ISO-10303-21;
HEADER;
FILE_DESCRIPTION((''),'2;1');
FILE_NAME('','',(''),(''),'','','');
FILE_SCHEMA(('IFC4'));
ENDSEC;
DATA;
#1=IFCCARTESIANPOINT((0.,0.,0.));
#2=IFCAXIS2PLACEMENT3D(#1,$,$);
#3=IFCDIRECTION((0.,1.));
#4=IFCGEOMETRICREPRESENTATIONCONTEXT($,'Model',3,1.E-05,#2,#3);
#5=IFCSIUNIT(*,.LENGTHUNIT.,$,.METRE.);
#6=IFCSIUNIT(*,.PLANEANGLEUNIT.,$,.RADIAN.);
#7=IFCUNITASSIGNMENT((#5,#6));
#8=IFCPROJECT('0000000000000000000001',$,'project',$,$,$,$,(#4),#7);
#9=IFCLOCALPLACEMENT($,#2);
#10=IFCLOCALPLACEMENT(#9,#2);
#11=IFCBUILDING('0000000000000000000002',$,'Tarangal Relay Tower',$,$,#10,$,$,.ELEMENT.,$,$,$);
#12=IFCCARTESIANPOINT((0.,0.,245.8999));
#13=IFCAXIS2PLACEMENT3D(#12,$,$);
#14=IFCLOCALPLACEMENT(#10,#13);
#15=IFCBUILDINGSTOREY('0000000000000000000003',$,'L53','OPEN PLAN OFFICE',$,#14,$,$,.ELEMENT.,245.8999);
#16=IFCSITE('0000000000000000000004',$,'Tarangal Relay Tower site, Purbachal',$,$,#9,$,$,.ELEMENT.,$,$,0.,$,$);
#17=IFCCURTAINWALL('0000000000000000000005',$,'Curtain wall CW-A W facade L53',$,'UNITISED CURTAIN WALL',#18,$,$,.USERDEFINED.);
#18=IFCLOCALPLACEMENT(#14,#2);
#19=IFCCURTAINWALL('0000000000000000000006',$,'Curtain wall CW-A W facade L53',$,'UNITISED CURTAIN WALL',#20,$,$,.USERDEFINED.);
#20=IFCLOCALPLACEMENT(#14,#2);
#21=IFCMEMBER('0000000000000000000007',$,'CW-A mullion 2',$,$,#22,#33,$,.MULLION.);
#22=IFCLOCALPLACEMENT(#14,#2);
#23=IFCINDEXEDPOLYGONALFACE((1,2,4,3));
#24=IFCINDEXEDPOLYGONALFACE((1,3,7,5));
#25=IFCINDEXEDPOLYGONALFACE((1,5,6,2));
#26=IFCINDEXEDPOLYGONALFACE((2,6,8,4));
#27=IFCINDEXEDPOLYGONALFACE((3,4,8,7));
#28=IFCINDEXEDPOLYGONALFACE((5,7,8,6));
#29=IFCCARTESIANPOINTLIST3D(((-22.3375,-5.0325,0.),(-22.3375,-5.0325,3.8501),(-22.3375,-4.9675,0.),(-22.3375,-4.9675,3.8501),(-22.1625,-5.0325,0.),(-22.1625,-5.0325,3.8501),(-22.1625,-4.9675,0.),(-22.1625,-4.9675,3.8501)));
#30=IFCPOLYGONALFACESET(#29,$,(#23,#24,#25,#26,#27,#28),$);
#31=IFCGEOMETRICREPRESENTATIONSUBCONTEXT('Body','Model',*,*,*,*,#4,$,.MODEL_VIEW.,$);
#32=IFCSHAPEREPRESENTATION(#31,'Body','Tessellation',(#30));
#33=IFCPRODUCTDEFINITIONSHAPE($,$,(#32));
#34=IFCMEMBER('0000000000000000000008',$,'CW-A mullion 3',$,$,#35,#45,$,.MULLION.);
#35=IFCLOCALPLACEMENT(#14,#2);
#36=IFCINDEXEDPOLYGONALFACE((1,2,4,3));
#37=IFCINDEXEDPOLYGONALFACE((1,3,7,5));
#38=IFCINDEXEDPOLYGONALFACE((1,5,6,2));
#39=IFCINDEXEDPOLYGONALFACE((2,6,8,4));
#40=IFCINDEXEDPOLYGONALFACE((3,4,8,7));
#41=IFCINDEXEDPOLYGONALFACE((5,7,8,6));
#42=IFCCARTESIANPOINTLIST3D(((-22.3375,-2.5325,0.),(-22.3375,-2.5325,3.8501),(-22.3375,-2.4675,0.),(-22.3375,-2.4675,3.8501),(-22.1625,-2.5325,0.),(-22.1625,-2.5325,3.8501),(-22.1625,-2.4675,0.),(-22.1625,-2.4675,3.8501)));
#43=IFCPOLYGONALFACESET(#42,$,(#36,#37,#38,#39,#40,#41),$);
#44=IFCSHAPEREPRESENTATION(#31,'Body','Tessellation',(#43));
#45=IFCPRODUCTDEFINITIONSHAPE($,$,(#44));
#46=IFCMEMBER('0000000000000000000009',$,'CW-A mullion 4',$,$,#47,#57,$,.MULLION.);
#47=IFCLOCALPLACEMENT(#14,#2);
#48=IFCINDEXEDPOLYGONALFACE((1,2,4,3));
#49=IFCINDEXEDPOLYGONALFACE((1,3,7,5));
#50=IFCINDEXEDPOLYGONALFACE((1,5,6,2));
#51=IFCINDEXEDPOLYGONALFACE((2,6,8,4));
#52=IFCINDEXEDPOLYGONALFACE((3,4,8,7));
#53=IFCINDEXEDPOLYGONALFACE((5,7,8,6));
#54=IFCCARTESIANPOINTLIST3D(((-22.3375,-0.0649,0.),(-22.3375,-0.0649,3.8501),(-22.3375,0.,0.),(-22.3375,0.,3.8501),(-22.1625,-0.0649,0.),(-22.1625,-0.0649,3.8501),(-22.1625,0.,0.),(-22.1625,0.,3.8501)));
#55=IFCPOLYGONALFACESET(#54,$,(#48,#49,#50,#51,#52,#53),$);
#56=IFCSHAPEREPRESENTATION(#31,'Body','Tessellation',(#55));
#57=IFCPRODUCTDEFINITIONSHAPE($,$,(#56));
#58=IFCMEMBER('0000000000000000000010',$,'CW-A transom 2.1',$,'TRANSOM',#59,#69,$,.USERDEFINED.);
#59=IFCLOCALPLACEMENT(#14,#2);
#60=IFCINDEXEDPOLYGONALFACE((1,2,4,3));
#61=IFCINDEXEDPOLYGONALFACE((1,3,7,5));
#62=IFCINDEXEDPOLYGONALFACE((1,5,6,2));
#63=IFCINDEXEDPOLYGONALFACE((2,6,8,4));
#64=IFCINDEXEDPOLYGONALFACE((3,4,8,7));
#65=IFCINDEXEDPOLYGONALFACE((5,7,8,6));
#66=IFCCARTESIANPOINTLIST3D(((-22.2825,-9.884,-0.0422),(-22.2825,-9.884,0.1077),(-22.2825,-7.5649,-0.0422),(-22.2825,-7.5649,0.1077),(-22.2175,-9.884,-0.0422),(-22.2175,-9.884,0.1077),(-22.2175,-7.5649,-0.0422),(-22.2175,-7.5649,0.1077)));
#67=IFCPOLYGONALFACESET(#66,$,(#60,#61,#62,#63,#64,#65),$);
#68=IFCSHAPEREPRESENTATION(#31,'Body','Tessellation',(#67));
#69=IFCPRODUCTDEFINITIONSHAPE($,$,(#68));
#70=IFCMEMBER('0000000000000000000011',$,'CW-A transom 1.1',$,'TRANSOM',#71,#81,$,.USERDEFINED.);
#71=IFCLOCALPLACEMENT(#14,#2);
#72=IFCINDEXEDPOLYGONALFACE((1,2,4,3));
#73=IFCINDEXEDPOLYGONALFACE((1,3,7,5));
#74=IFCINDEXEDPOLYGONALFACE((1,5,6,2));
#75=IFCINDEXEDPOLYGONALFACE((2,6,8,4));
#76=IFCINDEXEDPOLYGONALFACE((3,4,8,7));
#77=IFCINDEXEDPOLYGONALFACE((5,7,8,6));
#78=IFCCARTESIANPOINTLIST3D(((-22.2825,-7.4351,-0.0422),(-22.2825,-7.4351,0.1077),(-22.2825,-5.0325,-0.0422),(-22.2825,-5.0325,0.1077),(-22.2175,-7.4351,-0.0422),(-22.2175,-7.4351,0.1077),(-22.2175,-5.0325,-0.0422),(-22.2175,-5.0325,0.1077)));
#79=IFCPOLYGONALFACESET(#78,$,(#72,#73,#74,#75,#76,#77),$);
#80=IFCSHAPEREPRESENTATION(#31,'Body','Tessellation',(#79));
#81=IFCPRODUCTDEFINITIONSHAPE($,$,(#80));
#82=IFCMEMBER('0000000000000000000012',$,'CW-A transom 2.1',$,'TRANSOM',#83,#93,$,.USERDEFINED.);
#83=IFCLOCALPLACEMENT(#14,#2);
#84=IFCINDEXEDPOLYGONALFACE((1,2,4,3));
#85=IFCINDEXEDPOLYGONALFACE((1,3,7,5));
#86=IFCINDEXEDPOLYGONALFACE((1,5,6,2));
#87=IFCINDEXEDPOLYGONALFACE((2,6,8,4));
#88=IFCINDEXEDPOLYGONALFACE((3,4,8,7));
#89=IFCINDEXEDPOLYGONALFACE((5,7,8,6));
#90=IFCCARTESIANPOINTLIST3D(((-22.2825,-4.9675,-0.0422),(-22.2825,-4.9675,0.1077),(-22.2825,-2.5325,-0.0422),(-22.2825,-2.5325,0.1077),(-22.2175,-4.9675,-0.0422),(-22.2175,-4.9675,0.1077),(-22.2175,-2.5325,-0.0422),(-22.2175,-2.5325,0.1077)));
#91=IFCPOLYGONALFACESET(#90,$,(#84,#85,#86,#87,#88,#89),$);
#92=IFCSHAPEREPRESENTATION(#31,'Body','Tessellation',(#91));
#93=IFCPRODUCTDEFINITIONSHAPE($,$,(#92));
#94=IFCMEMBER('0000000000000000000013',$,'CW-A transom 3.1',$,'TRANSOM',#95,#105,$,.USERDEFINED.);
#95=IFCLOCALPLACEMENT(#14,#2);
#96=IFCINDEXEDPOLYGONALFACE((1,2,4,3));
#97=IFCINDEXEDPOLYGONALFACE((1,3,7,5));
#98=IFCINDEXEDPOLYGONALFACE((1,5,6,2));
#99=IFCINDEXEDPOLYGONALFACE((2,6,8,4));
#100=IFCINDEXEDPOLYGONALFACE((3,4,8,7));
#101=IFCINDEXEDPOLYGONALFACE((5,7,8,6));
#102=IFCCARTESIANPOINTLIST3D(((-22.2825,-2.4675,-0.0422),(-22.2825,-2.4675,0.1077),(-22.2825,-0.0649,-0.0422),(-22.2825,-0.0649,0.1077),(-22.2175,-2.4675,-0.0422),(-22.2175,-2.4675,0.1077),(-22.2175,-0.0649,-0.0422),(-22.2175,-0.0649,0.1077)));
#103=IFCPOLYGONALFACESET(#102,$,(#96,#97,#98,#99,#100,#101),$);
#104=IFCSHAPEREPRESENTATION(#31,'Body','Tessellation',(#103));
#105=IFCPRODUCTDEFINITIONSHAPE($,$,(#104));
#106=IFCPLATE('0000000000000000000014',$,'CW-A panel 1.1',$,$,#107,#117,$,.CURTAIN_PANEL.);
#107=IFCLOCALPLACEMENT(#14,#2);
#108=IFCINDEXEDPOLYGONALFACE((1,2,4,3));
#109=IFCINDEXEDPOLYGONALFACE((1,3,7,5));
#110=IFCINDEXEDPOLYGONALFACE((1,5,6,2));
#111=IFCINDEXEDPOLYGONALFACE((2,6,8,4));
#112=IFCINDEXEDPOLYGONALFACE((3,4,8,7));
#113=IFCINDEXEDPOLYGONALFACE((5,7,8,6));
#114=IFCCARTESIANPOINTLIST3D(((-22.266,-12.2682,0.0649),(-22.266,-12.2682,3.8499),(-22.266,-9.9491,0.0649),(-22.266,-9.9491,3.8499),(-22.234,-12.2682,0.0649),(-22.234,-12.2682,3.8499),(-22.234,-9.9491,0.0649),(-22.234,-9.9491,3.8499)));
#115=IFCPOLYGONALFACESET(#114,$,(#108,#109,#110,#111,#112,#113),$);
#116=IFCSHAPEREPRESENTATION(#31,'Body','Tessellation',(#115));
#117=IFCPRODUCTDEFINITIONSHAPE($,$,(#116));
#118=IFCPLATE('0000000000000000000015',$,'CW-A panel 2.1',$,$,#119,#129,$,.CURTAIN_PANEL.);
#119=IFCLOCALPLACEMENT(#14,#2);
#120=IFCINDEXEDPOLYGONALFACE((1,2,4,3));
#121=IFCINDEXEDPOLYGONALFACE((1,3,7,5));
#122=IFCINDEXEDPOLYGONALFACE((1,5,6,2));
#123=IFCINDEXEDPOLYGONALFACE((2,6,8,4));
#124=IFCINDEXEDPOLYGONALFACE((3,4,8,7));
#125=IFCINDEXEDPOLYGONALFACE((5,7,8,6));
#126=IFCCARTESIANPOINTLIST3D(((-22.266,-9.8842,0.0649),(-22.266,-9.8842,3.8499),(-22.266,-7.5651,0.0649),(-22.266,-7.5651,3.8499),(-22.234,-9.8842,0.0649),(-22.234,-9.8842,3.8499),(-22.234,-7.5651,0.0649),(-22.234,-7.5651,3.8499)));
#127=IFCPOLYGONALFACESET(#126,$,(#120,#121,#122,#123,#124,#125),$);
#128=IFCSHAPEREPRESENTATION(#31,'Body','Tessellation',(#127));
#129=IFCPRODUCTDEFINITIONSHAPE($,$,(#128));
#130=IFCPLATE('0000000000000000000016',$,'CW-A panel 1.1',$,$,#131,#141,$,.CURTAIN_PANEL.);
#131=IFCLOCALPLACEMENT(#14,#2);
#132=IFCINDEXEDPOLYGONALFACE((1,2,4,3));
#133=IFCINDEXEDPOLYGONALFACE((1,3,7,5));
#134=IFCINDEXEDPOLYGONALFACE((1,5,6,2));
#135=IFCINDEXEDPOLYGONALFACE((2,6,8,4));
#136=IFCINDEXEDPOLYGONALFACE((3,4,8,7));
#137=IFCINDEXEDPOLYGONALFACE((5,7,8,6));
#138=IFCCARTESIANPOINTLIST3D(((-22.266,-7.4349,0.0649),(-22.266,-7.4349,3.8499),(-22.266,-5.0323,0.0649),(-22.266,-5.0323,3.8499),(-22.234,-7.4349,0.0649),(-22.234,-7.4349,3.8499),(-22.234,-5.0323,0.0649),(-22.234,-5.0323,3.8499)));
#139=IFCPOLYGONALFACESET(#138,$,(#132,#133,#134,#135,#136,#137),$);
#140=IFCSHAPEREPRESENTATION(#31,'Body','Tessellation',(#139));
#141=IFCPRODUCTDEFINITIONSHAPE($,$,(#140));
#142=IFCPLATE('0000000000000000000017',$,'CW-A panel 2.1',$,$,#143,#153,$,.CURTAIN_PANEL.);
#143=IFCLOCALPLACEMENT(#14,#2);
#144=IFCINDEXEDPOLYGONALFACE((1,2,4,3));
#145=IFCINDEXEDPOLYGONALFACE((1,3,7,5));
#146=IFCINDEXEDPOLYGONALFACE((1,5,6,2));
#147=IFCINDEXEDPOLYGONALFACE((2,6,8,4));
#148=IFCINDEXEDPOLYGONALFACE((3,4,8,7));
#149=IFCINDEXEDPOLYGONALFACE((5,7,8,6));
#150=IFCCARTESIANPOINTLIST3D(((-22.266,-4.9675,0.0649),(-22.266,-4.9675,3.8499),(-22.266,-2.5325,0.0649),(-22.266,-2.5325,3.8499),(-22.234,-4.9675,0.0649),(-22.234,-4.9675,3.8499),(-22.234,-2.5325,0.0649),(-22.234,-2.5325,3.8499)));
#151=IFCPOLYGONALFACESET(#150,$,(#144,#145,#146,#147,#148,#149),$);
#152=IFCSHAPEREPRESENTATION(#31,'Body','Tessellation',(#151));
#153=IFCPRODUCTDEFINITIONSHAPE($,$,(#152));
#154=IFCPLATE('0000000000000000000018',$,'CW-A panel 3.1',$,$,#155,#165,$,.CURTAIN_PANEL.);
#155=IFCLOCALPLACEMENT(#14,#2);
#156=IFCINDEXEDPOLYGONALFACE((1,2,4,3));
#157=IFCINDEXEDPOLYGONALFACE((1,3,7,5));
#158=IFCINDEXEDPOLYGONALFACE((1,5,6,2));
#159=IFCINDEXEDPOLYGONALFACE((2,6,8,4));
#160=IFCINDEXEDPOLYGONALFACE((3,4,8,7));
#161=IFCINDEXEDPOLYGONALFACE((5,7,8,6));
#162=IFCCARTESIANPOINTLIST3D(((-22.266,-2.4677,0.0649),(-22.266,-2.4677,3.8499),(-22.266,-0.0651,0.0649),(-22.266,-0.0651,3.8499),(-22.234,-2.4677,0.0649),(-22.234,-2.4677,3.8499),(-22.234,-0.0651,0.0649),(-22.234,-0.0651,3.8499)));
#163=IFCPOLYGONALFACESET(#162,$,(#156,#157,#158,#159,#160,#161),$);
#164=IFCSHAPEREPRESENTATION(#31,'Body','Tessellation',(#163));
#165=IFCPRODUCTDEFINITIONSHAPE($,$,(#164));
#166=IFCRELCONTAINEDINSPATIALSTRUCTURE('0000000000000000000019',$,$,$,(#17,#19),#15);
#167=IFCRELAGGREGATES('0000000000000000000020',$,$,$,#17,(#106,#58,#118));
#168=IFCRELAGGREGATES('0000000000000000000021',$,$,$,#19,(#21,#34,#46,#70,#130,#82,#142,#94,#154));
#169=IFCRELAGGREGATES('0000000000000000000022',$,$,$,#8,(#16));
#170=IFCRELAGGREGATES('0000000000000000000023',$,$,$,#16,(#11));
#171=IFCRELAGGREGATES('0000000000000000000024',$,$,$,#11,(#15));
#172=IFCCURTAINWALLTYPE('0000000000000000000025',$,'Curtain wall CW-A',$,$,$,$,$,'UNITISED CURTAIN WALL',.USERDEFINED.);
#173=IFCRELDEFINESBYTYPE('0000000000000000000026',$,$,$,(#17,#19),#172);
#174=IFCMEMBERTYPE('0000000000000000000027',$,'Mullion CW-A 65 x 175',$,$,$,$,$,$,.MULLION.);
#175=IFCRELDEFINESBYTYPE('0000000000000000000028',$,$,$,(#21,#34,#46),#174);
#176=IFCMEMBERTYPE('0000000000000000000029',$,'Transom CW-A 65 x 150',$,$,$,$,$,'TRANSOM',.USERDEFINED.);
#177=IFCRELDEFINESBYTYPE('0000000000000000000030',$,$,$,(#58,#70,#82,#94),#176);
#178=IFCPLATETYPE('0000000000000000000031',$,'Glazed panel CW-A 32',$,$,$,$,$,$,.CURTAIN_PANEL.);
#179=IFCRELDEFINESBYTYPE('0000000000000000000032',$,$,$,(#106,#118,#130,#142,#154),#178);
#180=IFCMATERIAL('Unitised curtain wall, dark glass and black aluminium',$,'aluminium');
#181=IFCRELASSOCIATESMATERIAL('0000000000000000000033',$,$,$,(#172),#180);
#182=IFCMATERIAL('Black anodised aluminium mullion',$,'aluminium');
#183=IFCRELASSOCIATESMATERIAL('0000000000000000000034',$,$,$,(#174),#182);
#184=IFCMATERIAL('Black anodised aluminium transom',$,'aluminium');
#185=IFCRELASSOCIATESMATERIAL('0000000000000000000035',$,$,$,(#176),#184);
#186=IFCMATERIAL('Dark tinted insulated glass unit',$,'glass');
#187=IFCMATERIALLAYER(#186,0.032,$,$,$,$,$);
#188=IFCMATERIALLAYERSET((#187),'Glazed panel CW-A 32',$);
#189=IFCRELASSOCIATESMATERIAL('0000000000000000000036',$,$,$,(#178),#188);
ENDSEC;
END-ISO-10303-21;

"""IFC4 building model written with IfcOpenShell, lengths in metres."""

from ifc_helpers import new_model, si_unit, direction, frame, origin, origin_2d, place, context, subcontext, project, spatial, rectangle, extrude, material, layer, layer_set, material_profile, profile_set, type_object, element, aggregate, save


model = new_model("IFC4")

# Units and contexts
model_context = context("Model", 3, precision=1e-05, world=origin(), true_north=direction((0.0, 1.0)))
body_context = subcontext(model_context, "Body", "Model", "MODEL_VIEW")
ifc_project = project(units=[si_unit("LENGTHUNIT", "METRE"), si_unit("PLANEANGLEUNIT", "RADIAN")], contexts=[model_context])

# Site, building, storey
site_placement = place(None, origin())
site = spatial("IfcSite", under=ifc_project, at=site_placement, Name="Tarangal Relay Tower site, Purbachal", CompositionType="ELEMENT", RefElevation=0.0)
building_placement = place(site_placement, origin())
building = spatial("IfcBuilding", under=site, at=building_placement, Name="Tarangal Relay Tower", CompositionType="ELEMENT")
storey_placement = place(building_placement, frame((0.0, 0.0, 245.8999)))
storey = spatial("IfcBuildingStorey", under=building, at=storey_placement, Name="L53", Description="OPEN PLAN OFFICE", CompositionType="ELEMENT", Elevation=245.8999)

# Curtain walls, members
ifc_material_1 = material(Name="Unitised curtain wall, dark glass and black aluminium", Category="aluminium")
curtain_wall_type = type_object("IfcCurtainWallType", Name="Curtain wall CW-A", ElementType="UNITISED CURTAIN WALL", PredefinedType="USERDEFINED", material=ifc_material_1)
curtain_wall_1_placement = place(storey_placement, origin())
curtain_wall_1 = element("IfcCurtainWall", 1, at=curtain_wall_1_placement, inside=storey, type_object=curtain_wall_type, Name="Curtain wall CW-A W facade L53", ObjectType="UNITISED CURTAIN WALL", PredefinedType="USERDEFINED")
ifc_material_2 = material(Name="Black anodised aluminium mullion", Category="aluminium")
ifc_material_profile_1 = material_profile(ifc_material_2, rectangle(XDim=0.175, YDim=0.0649, at=origin_2d()), Name="CW-AM 65X175")
ifc_profile_set_1 = profile_set([ifc_material_profile_1], Name="Black anodised aluminium mullion")
member_type_1 = type_object("IfcMemberType", Name="Mullion CW-A 65 x 175", PredefinedType="MULLION", material=ifc_profile_set_1)
curtain_wall_2_placement = place(storey_placement, origin())
curtain_wall_2 = element("IfcCurtainWall", 2, at=curtain_wall_2_placement, inside=storey, type_object=curtain_wall_type, Name="Curtain wall CW-A W facade L53", ObjectType="UNITISED CURTAIN WALL", PredefinedType="USERDEFINED")
member_1_placement = place(storey_placement, frame((-22.25, -5.0, 0.0), z_axis=(0.0, 0.0, 1.0), x_axis=(-1.0, 0.0, 0.0)))
member_1 = element("IfcMember", 3, at=member_1_placement, type_object=member_type_1, Name="CW-A mullion 2", PredefinedType="MULLION", context=body_context, shape_type="SweptSolid", body=[
    extrude(rectangle(XDim=0.175, YDim=0.0649, at=origin_2d()), origin(), (0.0, 0.0, 1.0), 3.8501),
])
member_2_placement = place(storey_placement, frame((-22.25, -2.5, 0.0), z_axis=(0.0, 0.0, 1.0), x_axis=(-1.0, 0.0, 0.0)))
member_2 = element("IfcMember", 4, at=member_2_placement, type_object=member_type_1, Name="CW-A mullion 3", PredefinedType="MULLION", context=body_context, shape_type="SweptSolid", body=[
    extrude(rectangle(XDim=0.175, YDim=0.0649, at=origin_2d()), origin(), (0.0, 0.0, 1.0), 3.8501),
])
member_3_placement = place(storey_placement, frame((-22.25, -0.0325, 0.0), z_axis=(0.0, 0.0, 1.0), x_axis=(-1.0, 0.0, 0.0)))
member_3 = element("IfcMember", 5, at=member_3_placement, type_object=member_type_1, Name="CW-A mullion 4", PredefinedType="MULLION", context=body_context, shape_type="SweptSolid", body=[
    extrude(rectangle(XDim=0.175, YDim=0.0649, at=origin_2d()), origin(), (0.0, 0.0, 1.0), 3.8501),
])

# Members
ifc_material_3 = material(Name="Black anodised aluminium transom", Category="aluminium")
ifc_material_profile_2 = material_profile(ifc_material_3, rectangle(XDim=0.0649, YDim=0.1499, at=origin_2d()), Name="CW-AT 65X150")
ifc_profile_set_2 = profile_set([ifc_material_profile_2], Name="Black anodised aluminium transom")
member_type_2 = type_object("IfcMemberType", Name="Transom CW-A 65 x 150", ElementType="TRANSOM", PredefinedType="USERDEFINED", material=ifc_profile_set_2)
member_4_placement = place(storey_placement, frame((-22.25, -9.884, 0.0327), z_axis=(0.0, 1.0, 0.0), x_axis=(-1.0, 0.0, 0.0)))
member_4 = element("IfcMember", 6, at=member_4_placement, type_object=member_type_2, Name="CW-A transom 2.1", ObjectType="TRANSOM", PredefinedType="USERDEFINED", context=body_context, shape_type="SweptSolid", body=[
    extrude(rectangle(XDim=0.0649, YDim=0.1499, at=origin_2d()), origin(), (0.0, 0.0, 1.0), 2.3191),
])
member_5_placement = place(storey_placement, frame((-22.25, -7.4351, 0.0327), z_axis=(0.0, 1.0, 0.0), x_axis=(-1.0, 0.0, 0.0)))
member_5 = element("IfcMember", 7, at=member_5_placement, type_object=member_type_2, Name="CW-A transom 1.1", ObjectType="TRANSOM", PredefinedType="USERDEFINED", context=body_context, shape_type="SweptSolid", body=[
    extrude(rectangle(XDim=0.0649, YDim=0.1499, at=origin_2d()), origin(), (0.0, 0.0, 1.0), 2.4026),
])
member_6_placement = place(storey_placement, frame((-22.25, -4.9675, 0.0327), z_axis=(0.0, 1.0, 0.0), x_axis=(-1.0, 0.0, 0.0)))
member_6 = element("IfcMember", 8, at=member_6_placement, type_object=member_type_2, Name="CW-A transom 2.1", ObjectType="TRANSOM", PredefinedType="USERDEFINED", context=body_context, shape_type="SweptSolid", body=[
    extrude(rectangle(XDim=0.0649, YDim=0.1499, at=origin_2d()), origin(), (0.0, 0.0, 1.0), 2.4351),
])
member_7_placement = place(storey_placement, frame((-22.25, -2.4675, 0.0327), z_axis=(0.0, 1.0, 0.0), x_axis=(-1.0, 0.0, 0.0)))
member_7 = element("IfcMember", 9, at=member_7_placement, type_object=member_type_2, Name="CW-A transom 3.1", ObjectType="TRANSOM", PredefinedType="USERDEFINED", context=body_context, shape_type="SweptSolid", body=[
    extrude(rectangle(XDim=0.0649, YDim=0.1499, at=origin_2d()), origin(), (0.0, 0.0, 1.0), 2.4026),
])

# Plates
ifc_material_4 = material(Name="Dark tinted insulated glass unit", Category="glass")
ifc_layer_1 = layer(ifc_material_4, 0.032)
ifc_layer_set_1 = layer_set([ifc_layer_1], Name="Glazed panel CW-A 32")
plate_type = type_object("IfcPlateType", Name="Glazed panel CW-A 32", PredefinedType="CURTAIN_PANEL", material=ifc_layer_set_1)
plate_1_placement = place(storey_placement, frame((-22.25, -11.1086, 0.0649), z_axis=(0.0, 0.0, 1.0), x_axis=(0.0, 1.0, 0.0)))
plate_1 = element("IfcPlate", 10, at=plate_1_placement, type_object=plate_type, Name="CW-A panel 1.1", PredefinedType="CURTAIN_PANEL", context=body_context, shape_type="SweptSolid", body=[
    extrude(rectangle(XDim=2.3191, YDim=0.032, at=origin_2d()), origin(), (0.0, 0.0, 1.0), 3.7849),
])
plate_2_placement = place(storey_placement, frame((-22.25, -8.7246, 0.0649), z_axis=(0.0, 0.0, 1.0), x_axis=(0.0, 1.0, 0.0)))
plate_2 = element("IfcPlate", 11, at=plate_2_placement, type_object=plate_type, Name="CW-A panel 2.1", PredefinedType="CURTAIN_PANEL", context=body_context, shape_type="SweptSolid", body=[
    extrude(rectangle(XDim=2.3191, YDim=0.032, at=origin_2d()), origin(), (0.0, 0.0, 1.0), 3.7849),
])
aggregate(curtain_wall_1, [plate_1, member_4, plate_2])
plate_3_placement = place(storey_placement, frame((-22.25, -6.2336, 0.0649), z_axis=(0.0, 0.0, 1.0), x_axis=(0.0, 1.0, 0.0)))
plate_3 = element("IfcPlate", 12, at=plate_3_placement, type_object=plate_type, Name="CW-A panel 1.1", PredefinedType="CURTAIN_PANEL", context=body_context, shape_type="SweptSolid", body=[
    extrude(rectangle(XDim=2.4026, YDim=0.032, at=origin_2d()), origin(), (0.0, 0.0, 1.0), 3.7849),
])
plate_4_placement = place(storey_placement, frame((-22.25, -3.75, 0.0649), z_axis=(0.0, 0.0, 1.0), x_axis=(0.0, 1.0, 0.0)))
plate_4 = element("IfcPlate", 13, at=plate_4_placement, type_object=plate_type, Name="CW-A panel 2.1", PredefinedType="CURTAIN_PANEL", context=body_context, shape_type="SweptSolid", body=[
    extrude(rectangle(XDim=2.4351, YDim=0.032, at=origin_2d()), origin(), (0.0, 0.0, 1.0), 3.7849),
])
plate_5_placement = place(storey_placement, frame((-22.25, -1.2664, 0.0649), z_axis=(0.0, 0.0, 1.0), x_axis=(0.0, 1.0, 0.0)))
plate_5 = element("IfcPlate", 14, at=plate_5_placement, type_object=plate_type, Name="CW-A panel 3.1", PredefinedType="CURTAIN_PANEL", context=body_context, shape_type="SweptSolid", body=[
    extrude(rectangle(XDim=2.4026, YDim=0.032, at=origin_2d()), origin(), (0.0, 0.0, 1.0), 3.7849),
])
aggregate(curtain_wall_2, [member_1, member_2, member_3, member_5, plate_3, member_6, plate_4, member_7, plate_5])

save(model, "model.ifc")
